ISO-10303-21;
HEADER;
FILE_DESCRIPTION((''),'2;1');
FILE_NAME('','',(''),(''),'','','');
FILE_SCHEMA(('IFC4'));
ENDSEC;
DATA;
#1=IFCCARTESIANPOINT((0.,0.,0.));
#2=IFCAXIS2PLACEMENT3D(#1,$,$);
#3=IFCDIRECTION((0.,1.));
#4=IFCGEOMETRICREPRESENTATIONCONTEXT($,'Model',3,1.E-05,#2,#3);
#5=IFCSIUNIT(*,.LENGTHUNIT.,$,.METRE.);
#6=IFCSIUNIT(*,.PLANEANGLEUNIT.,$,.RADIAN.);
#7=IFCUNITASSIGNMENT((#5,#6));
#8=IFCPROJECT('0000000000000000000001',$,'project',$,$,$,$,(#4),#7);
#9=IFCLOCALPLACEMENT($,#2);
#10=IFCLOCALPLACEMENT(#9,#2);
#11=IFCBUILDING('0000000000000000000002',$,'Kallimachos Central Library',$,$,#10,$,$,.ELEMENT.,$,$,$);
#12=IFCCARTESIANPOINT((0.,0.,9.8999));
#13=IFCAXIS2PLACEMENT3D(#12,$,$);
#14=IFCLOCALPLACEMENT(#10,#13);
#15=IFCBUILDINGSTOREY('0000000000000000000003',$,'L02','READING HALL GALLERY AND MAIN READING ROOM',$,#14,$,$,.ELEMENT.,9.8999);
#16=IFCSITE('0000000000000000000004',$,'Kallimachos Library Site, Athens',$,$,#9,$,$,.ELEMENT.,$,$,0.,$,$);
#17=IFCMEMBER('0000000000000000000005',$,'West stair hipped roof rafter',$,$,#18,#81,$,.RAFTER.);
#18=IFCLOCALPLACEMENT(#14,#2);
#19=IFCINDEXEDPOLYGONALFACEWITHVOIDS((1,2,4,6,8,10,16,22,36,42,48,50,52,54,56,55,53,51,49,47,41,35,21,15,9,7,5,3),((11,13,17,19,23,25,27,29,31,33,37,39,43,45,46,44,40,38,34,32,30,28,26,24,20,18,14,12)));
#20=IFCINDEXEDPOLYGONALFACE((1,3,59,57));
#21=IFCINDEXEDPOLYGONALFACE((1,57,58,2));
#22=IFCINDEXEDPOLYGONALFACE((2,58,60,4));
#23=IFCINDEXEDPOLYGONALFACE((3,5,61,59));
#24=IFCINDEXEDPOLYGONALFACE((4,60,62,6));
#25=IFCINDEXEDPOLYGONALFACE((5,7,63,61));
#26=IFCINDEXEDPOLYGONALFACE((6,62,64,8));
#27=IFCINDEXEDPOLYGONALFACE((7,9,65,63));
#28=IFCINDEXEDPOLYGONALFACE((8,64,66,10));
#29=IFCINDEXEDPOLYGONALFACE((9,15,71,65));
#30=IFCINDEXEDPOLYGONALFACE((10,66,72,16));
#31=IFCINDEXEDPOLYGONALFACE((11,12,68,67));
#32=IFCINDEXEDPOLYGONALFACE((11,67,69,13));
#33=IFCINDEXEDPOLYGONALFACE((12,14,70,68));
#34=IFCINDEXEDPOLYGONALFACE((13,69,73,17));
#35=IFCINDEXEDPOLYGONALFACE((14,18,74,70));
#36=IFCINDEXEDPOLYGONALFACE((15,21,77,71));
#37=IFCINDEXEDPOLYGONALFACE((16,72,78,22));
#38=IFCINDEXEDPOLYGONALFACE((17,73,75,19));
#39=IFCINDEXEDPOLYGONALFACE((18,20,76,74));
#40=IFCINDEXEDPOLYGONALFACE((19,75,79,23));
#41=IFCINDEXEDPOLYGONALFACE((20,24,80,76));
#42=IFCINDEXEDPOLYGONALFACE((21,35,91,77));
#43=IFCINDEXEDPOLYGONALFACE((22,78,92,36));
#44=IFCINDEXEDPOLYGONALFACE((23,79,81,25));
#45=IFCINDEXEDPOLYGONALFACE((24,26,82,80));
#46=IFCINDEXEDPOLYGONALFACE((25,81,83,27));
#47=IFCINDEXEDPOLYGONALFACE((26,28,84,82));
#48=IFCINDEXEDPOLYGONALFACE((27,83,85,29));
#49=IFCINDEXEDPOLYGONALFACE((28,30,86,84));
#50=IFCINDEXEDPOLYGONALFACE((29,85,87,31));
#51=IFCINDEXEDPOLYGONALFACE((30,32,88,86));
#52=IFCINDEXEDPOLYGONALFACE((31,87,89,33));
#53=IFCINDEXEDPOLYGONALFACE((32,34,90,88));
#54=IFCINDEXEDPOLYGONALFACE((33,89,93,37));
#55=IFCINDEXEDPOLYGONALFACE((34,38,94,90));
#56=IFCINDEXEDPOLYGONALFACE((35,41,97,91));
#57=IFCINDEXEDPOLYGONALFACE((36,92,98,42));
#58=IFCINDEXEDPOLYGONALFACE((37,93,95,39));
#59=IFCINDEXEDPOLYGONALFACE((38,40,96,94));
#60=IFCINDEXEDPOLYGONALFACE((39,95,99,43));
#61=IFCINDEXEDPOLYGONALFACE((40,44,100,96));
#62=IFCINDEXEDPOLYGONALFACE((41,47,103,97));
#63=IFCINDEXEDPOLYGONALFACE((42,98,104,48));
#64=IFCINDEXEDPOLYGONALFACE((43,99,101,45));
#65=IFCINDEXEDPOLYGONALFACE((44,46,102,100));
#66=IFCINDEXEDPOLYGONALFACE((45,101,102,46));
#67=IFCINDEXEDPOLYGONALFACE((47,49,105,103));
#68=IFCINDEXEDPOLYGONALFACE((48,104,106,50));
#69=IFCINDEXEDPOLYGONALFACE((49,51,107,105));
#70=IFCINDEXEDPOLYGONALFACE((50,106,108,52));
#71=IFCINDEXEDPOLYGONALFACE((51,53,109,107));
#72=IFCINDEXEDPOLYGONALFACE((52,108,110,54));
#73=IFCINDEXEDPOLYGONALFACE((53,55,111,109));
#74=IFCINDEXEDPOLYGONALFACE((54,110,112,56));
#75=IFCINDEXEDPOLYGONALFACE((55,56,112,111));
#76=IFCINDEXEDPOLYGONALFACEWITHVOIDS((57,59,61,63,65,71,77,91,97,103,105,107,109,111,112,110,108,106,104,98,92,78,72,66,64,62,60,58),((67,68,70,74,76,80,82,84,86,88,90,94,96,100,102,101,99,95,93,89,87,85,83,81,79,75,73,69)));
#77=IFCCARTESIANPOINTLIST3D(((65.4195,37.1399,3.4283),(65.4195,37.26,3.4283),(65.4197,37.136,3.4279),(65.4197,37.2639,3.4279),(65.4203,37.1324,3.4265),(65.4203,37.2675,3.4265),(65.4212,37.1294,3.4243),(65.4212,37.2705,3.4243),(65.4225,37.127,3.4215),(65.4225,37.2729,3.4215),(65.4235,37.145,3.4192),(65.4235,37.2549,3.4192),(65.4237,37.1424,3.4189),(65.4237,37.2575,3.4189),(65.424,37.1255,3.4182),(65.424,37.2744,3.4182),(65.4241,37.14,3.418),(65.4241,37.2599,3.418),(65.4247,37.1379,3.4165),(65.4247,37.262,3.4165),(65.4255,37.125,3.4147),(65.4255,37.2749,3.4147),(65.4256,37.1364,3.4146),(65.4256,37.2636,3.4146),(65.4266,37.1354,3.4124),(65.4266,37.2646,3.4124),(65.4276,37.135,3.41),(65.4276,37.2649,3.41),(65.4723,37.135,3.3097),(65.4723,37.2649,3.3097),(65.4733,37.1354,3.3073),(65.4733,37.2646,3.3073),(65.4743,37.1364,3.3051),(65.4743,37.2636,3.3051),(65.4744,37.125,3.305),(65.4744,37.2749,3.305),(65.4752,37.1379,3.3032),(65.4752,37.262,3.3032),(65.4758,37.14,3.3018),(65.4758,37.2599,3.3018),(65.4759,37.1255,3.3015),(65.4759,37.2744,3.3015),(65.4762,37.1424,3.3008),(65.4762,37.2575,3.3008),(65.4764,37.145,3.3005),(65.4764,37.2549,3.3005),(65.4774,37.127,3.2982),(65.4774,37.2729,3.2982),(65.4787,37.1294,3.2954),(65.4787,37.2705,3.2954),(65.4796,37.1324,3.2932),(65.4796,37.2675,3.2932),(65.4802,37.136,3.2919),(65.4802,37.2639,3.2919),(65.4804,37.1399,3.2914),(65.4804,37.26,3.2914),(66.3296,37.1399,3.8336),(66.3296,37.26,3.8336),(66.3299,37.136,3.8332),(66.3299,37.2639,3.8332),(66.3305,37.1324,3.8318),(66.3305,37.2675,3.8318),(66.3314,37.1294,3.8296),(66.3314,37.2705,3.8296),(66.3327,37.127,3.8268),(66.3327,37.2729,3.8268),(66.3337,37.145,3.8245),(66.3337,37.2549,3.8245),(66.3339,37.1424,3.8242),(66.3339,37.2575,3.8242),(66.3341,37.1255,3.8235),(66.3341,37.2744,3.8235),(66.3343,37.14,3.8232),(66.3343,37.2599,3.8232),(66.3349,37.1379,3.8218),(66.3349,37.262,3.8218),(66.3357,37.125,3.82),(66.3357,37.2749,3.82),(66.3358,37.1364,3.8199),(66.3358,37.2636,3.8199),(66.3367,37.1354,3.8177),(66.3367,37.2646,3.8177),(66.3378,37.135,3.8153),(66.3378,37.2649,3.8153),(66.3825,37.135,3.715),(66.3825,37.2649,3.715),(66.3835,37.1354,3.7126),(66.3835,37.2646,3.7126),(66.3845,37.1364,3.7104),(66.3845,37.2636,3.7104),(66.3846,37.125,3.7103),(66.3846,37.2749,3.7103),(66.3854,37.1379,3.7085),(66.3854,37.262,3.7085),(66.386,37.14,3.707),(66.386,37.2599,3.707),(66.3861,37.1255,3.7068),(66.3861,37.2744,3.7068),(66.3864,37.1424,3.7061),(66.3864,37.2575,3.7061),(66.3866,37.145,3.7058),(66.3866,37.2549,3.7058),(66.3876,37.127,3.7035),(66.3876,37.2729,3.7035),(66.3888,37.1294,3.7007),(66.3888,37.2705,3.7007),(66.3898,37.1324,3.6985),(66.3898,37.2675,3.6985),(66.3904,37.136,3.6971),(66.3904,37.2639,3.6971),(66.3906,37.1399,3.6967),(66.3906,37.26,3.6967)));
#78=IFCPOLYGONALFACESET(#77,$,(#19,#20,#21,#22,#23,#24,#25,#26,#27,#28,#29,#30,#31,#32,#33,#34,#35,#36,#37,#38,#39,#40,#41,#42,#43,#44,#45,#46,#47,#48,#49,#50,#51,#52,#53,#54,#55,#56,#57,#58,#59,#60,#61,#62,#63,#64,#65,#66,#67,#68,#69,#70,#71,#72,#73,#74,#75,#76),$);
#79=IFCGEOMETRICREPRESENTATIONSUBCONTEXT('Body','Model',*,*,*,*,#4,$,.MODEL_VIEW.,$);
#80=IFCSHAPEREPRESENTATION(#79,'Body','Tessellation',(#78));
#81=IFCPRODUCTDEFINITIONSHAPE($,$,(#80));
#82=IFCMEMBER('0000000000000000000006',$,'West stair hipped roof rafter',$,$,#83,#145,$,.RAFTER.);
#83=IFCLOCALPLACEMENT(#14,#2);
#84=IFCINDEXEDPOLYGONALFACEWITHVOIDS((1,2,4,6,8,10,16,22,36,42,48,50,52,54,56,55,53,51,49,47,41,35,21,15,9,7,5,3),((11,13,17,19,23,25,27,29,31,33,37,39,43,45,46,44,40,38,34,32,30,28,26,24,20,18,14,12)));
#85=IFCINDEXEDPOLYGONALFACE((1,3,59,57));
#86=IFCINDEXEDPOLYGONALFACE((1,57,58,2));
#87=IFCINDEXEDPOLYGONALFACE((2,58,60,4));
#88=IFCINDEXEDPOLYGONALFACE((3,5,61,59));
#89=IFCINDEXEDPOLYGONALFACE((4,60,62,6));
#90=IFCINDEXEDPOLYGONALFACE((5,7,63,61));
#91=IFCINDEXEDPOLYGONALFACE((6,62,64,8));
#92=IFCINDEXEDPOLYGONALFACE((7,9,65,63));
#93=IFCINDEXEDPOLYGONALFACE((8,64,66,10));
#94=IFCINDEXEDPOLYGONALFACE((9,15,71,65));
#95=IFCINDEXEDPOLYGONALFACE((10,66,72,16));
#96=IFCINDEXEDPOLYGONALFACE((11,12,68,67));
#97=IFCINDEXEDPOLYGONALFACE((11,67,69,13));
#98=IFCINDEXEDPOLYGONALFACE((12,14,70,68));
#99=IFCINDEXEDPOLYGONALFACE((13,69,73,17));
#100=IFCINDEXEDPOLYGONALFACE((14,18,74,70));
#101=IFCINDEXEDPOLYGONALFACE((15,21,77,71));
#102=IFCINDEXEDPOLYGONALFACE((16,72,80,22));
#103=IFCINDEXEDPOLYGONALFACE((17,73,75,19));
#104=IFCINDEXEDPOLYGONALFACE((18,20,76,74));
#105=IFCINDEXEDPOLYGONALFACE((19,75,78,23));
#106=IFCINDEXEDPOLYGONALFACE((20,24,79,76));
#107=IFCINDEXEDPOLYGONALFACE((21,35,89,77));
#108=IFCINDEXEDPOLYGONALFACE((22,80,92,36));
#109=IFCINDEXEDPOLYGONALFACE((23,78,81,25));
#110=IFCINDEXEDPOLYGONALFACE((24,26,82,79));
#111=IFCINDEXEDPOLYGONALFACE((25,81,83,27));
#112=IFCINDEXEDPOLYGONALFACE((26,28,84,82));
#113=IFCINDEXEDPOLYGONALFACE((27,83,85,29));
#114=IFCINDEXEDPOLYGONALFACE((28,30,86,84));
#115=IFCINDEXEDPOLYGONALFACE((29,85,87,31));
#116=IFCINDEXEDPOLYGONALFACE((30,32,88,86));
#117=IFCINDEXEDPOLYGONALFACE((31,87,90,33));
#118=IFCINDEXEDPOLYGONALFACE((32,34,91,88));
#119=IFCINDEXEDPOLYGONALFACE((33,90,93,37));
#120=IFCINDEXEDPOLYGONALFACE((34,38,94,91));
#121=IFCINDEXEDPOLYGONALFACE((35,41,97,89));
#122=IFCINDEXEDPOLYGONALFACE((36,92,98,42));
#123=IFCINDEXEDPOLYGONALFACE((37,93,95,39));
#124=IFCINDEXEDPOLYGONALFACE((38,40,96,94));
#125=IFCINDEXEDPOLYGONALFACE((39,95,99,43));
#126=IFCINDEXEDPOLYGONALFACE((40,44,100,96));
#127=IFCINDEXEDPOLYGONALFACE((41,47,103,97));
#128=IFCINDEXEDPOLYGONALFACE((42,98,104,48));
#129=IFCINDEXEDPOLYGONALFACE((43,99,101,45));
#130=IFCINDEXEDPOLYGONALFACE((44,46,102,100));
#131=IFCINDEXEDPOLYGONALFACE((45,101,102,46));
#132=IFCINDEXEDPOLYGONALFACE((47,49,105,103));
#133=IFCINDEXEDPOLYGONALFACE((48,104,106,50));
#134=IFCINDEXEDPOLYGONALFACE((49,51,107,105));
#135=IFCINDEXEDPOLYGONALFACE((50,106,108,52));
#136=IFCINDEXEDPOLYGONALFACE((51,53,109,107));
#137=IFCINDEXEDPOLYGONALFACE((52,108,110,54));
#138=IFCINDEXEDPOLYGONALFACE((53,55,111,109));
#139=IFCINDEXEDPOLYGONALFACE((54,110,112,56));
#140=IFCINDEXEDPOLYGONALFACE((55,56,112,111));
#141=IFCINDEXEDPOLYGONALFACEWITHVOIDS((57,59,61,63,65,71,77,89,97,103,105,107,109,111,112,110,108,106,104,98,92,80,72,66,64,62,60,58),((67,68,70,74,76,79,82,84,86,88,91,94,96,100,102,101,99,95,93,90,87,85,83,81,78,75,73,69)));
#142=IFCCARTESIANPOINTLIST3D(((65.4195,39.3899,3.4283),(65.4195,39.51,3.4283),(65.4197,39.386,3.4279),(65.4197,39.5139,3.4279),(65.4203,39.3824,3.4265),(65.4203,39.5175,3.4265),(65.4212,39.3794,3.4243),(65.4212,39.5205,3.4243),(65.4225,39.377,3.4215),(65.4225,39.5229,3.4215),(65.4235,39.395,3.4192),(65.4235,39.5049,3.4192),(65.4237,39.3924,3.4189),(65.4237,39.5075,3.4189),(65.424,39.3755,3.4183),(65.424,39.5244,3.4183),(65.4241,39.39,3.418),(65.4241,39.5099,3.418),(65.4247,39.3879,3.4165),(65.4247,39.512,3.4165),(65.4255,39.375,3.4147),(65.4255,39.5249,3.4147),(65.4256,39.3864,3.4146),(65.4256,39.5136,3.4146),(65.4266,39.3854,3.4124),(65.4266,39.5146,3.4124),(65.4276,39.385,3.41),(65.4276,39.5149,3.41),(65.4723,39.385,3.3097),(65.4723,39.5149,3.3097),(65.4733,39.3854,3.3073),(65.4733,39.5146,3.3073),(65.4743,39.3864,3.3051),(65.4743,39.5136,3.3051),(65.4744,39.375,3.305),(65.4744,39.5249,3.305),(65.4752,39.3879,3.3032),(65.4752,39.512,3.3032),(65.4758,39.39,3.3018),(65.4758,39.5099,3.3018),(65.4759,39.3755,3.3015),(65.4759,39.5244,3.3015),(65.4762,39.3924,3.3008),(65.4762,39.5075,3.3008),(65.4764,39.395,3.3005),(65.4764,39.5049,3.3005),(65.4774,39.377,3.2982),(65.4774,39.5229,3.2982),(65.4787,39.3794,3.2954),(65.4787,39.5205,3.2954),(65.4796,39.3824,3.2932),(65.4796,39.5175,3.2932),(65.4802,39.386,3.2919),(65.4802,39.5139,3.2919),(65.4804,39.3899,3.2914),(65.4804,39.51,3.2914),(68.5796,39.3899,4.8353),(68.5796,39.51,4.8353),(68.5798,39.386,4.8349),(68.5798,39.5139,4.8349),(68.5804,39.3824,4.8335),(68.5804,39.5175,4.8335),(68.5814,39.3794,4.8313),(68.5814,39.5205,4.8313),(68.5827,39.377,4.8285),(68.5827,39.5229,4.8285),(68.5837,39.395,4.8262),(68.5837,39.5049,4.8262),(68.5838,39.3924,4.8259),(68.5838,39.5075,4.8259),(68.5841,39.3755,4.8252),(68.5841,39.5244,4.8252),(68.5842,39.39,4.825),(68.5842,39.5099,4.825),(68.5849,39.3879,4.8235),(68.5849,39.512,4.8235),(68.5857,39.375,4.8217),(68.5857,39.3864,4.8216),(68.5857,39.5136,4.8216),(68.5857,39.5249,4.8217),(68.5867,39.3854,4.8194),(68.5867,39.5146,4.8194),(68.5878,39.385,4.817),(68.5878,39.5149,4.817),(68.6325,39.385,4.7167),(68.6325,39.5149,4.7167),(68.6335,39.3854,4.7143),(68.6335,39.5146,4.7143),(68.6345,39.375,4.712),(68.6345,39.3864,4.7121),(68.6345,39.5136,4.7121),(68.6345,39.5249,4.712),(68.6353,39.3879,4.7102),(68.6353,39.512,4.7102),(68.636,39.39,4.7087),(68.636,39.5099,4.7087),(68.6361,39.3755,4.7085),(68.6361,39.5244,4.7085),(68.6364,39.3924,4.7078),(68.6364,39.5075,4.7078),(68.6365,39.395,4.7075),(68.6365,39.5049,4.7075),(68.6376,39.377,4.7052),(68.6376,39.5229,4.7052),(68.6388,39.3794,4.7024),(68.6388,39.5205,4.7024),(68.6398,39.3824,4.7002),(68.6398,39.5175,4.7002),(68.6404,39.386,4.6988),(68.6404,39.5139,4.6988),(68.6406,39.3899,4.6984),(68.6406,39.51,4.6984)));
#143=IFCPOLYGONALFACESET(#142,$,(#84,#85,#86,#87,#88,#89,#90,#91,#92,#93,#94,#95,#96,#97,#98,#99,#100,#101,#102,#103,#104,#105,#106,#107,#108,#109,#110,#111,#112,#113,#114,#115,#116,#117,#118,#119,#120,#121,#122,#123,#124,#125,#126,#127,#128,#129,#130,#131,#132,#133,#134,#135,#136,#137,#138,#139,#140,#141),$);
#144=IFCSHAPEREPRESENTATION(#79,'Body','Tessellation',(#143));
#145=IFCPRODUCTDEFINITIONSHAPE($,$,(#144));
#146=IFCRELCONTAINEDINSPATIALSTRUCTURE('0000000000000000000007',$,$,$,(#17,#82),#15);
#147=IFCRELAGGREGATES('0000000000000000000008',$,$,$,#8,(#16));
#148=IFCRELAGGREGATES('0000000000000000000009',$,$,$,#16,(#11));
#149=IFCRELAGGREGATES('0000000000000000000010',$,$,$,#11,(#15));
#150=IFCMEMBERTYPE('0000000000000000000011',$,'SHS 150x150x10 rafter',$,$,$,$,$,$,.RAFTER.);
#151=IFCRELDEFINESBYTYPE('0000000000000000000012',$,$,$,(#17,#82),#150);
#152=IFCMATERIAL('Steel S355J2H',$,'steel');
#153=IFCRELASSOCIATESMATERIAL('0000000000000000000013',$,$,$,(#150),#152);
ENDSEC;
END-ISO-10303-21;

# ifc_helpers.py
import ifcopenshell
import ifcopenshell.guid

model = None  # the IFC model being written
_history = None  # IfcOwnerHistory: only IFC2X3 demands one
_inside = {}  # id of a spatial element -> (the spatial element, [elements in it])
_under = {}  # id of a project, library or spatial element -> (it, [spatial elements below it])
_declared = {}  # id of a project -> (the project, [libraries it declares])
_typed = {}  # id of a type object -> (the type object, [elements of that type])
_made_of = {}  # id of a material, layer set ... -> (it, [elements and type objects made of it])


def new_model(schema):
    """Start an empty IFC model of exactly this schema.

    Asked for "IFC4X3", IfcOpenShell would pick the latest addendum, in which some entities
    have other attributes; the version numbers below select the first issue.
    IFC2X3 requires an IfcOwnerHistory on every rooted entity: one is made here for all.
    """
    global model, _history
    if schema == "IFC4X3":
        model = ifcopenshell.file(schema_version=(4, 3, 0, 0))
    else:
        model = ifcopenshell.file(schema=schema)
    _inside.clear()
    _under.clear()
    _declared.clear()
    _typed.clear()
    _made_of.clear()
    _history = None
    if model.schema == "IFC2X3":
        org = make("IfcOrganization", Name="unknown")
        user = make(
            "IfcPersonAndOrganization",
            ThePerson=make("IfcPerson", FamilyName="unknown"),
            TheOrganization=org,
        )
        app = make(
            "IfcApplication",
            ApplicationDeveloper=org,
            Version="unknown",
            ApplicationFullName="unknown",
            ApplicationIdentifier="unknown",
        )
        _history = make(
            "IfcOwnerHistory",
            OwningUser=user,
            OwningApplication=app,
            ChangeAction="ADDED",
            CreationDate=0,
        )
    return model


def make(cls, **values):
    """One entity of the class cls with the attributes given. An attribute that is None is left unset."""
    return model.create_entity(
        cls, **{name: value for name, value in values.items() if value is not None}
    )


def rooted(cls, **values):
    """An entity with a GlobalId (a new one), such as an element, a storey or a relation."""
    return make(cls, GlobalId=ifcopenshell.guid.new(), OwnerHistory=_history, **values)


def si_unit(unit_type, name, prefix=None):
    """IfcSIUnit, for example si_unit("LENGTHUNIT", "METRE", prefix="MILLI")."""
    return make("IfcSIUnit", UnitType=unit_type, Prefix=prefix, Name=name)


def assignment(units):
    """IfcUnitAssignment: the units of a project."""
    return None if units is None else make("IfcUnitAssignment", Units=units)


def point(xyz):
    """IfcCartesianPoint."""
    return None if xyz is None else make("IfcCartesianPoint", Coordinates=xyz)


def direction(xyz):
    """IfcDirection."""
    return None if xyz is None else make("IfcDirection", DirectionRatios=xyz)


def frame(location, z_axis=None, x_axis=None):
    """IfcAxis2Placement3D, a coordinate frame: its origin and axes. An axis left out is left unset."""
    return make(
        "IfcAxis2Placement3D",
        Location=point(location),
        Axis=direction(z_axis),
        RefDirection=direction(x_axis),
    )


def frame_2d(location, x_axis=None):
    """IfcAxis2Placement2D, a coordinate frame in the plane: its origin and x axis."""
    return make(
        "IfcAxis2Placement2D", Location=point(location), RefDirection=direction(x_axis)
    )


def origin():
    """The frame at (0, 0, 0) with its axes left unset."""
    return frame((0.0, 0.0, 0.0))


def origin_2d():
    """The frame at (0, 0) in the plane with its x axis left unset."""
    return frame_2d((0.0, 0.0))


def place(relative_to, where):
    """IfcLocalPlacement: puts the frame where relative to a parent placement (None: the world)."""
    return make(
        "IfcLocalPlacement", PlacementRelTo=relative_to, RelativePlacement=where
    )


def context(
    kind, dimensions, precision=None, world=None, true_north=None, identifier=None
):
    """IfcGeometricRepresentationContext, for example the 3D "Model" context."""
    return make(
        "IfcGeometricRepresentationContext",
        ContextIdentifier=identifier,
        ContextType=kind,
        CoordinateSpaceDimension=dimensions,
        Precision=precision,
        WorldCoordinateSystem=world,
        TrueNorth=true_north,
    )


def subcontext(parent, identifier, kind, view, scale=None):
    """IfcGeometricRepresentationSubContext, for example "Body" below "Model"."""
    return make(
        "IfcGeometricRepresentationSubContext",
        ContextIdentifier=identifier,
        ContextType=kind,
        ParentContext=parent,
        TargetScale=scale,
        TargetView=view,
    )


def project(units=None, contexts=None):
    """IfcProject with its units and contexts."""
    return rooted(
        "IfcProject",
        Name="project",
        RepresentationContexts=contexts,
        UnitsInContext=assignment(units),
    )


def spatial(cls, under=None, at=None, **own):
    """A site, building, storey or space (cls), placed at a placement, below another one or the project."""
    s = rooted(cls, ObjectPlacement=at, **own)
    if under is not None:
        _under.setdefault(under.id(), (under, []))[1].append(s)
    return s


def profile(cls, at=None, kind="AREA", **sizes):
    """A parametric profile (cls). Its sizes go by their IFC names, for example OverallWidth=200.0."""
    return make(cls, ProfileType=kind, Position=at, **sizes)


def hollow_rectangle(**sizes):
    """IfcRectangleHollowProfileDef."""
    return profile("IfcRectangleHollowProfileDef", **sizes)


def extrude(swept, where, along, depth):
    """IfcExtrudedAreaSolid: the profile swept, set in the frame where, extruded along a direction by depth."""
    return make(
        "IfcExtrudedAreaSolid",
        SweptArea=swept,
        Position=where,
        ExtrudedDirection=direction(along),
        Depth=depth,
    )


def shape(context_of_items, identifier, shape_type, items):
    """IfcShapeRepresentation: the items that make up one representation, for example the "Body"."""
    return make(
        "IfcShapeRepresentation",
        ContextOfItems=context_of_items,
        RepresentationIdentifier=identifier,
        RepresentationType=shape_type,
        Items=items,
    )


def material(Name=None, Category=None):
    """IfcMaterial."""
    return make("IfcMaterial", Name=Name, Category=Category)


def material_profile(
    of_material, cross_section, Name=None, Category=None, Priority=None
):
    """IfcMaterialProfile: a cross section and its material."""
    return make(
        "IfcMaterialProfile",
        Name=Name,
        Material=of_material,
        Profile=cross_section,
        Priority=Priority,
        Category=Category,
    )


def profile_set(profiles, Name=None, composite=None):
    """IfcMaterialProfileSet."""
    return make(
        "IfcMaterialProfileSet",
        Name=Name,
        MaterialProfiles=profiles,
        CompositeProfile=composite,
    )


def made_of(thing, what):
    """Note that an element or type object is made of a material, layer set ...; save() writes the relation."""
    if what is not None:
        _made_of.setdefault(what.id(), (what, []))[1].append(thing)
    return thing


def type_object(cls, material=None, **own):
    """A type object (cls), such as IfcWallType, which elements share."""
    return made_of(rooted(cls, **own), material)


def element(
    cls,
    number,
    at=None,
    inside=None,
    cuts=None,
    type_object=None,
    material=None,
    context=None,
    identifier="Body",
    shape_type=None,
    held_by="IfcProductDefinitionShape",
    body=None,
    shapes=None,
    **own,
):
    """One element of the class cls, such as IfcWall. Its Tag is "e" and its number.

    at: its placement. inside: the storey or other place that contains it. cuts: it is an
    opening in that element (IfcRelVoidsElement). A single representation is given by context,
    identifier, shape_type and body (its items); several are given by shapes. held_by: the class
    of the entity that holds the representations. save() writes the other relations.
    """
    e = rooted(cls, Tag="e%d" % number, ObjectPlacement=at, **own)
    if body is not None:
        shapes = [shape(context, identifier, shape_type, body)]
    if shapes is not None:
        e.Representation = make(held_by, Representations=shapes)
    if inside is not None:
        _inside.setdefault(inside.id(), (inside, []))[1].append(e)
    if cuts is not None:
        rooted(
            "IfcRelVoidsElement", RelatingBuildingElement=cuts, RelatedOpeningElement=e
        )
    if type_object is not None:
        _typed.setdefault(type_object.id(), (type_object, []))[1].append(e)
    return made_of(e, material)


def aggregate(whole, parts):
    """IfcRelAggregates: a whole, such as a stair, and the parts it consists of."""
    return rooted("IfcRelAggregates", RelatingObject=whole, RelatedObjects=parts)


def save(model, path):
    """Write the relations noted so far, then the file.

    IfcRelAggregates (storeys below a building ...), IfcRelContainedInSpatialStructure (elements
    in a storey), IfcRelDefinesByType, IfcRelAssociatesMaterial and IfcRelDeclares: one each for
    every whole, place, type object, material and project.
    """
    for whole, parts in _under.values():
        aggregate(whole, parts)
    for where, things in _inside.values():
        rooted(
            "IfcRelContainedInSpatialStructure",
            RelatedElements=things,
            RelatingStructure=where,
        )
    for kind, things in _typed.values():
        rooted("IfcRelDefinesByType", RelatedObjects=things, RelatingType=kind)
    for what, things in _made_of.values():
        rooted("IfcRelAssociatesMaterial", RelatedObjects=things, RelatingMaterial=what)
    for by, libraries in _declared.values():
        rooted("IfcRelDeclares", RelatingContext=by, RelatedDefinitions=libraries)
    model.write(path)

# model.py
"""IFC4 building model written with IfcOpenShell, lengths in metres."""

from ifc_helpers import new_model, si_unit, direction, frame, origin, origin_2d, place, context, subcontext, project, spatial, hollow_rectangle, extrude, material, material_profile, profile_set, type_object, element, save


model = new_model("IFC4")

# Units and contexts
model_context = context("Model", 3, precision=1e-05, world=origin(), true_north=direction((0.0, 1.0)))
body_context = subcontext(model_context, "Body", "Model", "MODEL_VIEW")
ifc_project = project(units=[si_unit("LENGTHUNIT", "METRE"), si_unit("PLANEANGLEUNIT", "RADIAN")], contexts=[model_context])

# Site, building, storey
site_placement = place(None, origin())
site = spatial("IfcSite", under=ifc_project, at=site_placement, Name="Kallimachos Library Site, Athens", CompositionType="ELEMENT", RefElevation=0.0)
building_placement = place(site_placement, origin())
building = spatial("IfcBuilding", under=site, at=building_placement, Name="Kallimachos Central Library", CompositionType="ELEMENT")
storey_placement = place(building_placement, frame((0.0, 0.0, 9.8999)))
storey = spatial("IfcBuildingStorey", under=building, at=storey_placement, Name="L02", Description="READING HALL GALLERY AND MAIN READING ROOM", CompositionType="ELEMENT", Elevation=9.8999)

# Members
ifc_material_1 = material(Name="Steel S355J2H", Category="steel")
ifc_material_profile_1 = material_profile(ifc_material_1, hollow_rectangle(XDim=0.1499, YDim=0.1499, WallThickness=0.01, InnerFilletRadius=0.01, OuterFilletRadius=0.0149, at=origin_2d()), Name="SHS 150x150x10")
ifc_profile_set_1 = profile_set([ifc_material_profile_1], Name="Steel S355J2H")
member_type_1 = type_object("IfcMemberType", Name="SHS 150x150x10 rafter", PredefinedType="RAFTER", material=ifc_profile_set_1)
member_1_placement = place(storey_placement, frame((65.45, 37.2, 3.3599), z_axis=(0.913528, 0.0, 0.406775), x_axis=(0.0, 1.0, 0.0)))
element("IfcMember", 1, at=member_1_placement, inside=storey, type_object=member_type_1, Name="West stair hipped roof rafter", PredefinedType="RAFTER", context=body_context, shape_type="SweptSolid", body=[
    extrude(hollow_rectangle(XDim=0.1499, YDim=0.1499, WallThickness=0.01, InnerFilletRadius=0.01, OuterFilletRadius=0.0149, at=origin_2d()), origin(), (0.0, 0.0, 1.0), 0.9963),
])
member_2_placement = place(storey_placement, frame((65.45, 39.45, 3.3599), z_axis=(0.913547, 0.0, 0.406734), x_axis=(0.0, 1.0, 0.0)))
element("IfcMember", 2, at=member_2_placement, inside=storey, type_object=member_type_1, Name="West stair hipped roof rafter", PredefinedType="RAFTER", context=body_context, shape_type="SweptSolid", body=[
    extrude(hollow_rectangle(XDim=0.1499, YDim=0.1499, WallThickness=0.01, InnerFilletRadius=0.01, OuterFilletRadius=0.0149, at=origin_2d()), origin(), (0.0, 0.0, 1.0), 3.4592),
])

save(model, "model.ifc")
